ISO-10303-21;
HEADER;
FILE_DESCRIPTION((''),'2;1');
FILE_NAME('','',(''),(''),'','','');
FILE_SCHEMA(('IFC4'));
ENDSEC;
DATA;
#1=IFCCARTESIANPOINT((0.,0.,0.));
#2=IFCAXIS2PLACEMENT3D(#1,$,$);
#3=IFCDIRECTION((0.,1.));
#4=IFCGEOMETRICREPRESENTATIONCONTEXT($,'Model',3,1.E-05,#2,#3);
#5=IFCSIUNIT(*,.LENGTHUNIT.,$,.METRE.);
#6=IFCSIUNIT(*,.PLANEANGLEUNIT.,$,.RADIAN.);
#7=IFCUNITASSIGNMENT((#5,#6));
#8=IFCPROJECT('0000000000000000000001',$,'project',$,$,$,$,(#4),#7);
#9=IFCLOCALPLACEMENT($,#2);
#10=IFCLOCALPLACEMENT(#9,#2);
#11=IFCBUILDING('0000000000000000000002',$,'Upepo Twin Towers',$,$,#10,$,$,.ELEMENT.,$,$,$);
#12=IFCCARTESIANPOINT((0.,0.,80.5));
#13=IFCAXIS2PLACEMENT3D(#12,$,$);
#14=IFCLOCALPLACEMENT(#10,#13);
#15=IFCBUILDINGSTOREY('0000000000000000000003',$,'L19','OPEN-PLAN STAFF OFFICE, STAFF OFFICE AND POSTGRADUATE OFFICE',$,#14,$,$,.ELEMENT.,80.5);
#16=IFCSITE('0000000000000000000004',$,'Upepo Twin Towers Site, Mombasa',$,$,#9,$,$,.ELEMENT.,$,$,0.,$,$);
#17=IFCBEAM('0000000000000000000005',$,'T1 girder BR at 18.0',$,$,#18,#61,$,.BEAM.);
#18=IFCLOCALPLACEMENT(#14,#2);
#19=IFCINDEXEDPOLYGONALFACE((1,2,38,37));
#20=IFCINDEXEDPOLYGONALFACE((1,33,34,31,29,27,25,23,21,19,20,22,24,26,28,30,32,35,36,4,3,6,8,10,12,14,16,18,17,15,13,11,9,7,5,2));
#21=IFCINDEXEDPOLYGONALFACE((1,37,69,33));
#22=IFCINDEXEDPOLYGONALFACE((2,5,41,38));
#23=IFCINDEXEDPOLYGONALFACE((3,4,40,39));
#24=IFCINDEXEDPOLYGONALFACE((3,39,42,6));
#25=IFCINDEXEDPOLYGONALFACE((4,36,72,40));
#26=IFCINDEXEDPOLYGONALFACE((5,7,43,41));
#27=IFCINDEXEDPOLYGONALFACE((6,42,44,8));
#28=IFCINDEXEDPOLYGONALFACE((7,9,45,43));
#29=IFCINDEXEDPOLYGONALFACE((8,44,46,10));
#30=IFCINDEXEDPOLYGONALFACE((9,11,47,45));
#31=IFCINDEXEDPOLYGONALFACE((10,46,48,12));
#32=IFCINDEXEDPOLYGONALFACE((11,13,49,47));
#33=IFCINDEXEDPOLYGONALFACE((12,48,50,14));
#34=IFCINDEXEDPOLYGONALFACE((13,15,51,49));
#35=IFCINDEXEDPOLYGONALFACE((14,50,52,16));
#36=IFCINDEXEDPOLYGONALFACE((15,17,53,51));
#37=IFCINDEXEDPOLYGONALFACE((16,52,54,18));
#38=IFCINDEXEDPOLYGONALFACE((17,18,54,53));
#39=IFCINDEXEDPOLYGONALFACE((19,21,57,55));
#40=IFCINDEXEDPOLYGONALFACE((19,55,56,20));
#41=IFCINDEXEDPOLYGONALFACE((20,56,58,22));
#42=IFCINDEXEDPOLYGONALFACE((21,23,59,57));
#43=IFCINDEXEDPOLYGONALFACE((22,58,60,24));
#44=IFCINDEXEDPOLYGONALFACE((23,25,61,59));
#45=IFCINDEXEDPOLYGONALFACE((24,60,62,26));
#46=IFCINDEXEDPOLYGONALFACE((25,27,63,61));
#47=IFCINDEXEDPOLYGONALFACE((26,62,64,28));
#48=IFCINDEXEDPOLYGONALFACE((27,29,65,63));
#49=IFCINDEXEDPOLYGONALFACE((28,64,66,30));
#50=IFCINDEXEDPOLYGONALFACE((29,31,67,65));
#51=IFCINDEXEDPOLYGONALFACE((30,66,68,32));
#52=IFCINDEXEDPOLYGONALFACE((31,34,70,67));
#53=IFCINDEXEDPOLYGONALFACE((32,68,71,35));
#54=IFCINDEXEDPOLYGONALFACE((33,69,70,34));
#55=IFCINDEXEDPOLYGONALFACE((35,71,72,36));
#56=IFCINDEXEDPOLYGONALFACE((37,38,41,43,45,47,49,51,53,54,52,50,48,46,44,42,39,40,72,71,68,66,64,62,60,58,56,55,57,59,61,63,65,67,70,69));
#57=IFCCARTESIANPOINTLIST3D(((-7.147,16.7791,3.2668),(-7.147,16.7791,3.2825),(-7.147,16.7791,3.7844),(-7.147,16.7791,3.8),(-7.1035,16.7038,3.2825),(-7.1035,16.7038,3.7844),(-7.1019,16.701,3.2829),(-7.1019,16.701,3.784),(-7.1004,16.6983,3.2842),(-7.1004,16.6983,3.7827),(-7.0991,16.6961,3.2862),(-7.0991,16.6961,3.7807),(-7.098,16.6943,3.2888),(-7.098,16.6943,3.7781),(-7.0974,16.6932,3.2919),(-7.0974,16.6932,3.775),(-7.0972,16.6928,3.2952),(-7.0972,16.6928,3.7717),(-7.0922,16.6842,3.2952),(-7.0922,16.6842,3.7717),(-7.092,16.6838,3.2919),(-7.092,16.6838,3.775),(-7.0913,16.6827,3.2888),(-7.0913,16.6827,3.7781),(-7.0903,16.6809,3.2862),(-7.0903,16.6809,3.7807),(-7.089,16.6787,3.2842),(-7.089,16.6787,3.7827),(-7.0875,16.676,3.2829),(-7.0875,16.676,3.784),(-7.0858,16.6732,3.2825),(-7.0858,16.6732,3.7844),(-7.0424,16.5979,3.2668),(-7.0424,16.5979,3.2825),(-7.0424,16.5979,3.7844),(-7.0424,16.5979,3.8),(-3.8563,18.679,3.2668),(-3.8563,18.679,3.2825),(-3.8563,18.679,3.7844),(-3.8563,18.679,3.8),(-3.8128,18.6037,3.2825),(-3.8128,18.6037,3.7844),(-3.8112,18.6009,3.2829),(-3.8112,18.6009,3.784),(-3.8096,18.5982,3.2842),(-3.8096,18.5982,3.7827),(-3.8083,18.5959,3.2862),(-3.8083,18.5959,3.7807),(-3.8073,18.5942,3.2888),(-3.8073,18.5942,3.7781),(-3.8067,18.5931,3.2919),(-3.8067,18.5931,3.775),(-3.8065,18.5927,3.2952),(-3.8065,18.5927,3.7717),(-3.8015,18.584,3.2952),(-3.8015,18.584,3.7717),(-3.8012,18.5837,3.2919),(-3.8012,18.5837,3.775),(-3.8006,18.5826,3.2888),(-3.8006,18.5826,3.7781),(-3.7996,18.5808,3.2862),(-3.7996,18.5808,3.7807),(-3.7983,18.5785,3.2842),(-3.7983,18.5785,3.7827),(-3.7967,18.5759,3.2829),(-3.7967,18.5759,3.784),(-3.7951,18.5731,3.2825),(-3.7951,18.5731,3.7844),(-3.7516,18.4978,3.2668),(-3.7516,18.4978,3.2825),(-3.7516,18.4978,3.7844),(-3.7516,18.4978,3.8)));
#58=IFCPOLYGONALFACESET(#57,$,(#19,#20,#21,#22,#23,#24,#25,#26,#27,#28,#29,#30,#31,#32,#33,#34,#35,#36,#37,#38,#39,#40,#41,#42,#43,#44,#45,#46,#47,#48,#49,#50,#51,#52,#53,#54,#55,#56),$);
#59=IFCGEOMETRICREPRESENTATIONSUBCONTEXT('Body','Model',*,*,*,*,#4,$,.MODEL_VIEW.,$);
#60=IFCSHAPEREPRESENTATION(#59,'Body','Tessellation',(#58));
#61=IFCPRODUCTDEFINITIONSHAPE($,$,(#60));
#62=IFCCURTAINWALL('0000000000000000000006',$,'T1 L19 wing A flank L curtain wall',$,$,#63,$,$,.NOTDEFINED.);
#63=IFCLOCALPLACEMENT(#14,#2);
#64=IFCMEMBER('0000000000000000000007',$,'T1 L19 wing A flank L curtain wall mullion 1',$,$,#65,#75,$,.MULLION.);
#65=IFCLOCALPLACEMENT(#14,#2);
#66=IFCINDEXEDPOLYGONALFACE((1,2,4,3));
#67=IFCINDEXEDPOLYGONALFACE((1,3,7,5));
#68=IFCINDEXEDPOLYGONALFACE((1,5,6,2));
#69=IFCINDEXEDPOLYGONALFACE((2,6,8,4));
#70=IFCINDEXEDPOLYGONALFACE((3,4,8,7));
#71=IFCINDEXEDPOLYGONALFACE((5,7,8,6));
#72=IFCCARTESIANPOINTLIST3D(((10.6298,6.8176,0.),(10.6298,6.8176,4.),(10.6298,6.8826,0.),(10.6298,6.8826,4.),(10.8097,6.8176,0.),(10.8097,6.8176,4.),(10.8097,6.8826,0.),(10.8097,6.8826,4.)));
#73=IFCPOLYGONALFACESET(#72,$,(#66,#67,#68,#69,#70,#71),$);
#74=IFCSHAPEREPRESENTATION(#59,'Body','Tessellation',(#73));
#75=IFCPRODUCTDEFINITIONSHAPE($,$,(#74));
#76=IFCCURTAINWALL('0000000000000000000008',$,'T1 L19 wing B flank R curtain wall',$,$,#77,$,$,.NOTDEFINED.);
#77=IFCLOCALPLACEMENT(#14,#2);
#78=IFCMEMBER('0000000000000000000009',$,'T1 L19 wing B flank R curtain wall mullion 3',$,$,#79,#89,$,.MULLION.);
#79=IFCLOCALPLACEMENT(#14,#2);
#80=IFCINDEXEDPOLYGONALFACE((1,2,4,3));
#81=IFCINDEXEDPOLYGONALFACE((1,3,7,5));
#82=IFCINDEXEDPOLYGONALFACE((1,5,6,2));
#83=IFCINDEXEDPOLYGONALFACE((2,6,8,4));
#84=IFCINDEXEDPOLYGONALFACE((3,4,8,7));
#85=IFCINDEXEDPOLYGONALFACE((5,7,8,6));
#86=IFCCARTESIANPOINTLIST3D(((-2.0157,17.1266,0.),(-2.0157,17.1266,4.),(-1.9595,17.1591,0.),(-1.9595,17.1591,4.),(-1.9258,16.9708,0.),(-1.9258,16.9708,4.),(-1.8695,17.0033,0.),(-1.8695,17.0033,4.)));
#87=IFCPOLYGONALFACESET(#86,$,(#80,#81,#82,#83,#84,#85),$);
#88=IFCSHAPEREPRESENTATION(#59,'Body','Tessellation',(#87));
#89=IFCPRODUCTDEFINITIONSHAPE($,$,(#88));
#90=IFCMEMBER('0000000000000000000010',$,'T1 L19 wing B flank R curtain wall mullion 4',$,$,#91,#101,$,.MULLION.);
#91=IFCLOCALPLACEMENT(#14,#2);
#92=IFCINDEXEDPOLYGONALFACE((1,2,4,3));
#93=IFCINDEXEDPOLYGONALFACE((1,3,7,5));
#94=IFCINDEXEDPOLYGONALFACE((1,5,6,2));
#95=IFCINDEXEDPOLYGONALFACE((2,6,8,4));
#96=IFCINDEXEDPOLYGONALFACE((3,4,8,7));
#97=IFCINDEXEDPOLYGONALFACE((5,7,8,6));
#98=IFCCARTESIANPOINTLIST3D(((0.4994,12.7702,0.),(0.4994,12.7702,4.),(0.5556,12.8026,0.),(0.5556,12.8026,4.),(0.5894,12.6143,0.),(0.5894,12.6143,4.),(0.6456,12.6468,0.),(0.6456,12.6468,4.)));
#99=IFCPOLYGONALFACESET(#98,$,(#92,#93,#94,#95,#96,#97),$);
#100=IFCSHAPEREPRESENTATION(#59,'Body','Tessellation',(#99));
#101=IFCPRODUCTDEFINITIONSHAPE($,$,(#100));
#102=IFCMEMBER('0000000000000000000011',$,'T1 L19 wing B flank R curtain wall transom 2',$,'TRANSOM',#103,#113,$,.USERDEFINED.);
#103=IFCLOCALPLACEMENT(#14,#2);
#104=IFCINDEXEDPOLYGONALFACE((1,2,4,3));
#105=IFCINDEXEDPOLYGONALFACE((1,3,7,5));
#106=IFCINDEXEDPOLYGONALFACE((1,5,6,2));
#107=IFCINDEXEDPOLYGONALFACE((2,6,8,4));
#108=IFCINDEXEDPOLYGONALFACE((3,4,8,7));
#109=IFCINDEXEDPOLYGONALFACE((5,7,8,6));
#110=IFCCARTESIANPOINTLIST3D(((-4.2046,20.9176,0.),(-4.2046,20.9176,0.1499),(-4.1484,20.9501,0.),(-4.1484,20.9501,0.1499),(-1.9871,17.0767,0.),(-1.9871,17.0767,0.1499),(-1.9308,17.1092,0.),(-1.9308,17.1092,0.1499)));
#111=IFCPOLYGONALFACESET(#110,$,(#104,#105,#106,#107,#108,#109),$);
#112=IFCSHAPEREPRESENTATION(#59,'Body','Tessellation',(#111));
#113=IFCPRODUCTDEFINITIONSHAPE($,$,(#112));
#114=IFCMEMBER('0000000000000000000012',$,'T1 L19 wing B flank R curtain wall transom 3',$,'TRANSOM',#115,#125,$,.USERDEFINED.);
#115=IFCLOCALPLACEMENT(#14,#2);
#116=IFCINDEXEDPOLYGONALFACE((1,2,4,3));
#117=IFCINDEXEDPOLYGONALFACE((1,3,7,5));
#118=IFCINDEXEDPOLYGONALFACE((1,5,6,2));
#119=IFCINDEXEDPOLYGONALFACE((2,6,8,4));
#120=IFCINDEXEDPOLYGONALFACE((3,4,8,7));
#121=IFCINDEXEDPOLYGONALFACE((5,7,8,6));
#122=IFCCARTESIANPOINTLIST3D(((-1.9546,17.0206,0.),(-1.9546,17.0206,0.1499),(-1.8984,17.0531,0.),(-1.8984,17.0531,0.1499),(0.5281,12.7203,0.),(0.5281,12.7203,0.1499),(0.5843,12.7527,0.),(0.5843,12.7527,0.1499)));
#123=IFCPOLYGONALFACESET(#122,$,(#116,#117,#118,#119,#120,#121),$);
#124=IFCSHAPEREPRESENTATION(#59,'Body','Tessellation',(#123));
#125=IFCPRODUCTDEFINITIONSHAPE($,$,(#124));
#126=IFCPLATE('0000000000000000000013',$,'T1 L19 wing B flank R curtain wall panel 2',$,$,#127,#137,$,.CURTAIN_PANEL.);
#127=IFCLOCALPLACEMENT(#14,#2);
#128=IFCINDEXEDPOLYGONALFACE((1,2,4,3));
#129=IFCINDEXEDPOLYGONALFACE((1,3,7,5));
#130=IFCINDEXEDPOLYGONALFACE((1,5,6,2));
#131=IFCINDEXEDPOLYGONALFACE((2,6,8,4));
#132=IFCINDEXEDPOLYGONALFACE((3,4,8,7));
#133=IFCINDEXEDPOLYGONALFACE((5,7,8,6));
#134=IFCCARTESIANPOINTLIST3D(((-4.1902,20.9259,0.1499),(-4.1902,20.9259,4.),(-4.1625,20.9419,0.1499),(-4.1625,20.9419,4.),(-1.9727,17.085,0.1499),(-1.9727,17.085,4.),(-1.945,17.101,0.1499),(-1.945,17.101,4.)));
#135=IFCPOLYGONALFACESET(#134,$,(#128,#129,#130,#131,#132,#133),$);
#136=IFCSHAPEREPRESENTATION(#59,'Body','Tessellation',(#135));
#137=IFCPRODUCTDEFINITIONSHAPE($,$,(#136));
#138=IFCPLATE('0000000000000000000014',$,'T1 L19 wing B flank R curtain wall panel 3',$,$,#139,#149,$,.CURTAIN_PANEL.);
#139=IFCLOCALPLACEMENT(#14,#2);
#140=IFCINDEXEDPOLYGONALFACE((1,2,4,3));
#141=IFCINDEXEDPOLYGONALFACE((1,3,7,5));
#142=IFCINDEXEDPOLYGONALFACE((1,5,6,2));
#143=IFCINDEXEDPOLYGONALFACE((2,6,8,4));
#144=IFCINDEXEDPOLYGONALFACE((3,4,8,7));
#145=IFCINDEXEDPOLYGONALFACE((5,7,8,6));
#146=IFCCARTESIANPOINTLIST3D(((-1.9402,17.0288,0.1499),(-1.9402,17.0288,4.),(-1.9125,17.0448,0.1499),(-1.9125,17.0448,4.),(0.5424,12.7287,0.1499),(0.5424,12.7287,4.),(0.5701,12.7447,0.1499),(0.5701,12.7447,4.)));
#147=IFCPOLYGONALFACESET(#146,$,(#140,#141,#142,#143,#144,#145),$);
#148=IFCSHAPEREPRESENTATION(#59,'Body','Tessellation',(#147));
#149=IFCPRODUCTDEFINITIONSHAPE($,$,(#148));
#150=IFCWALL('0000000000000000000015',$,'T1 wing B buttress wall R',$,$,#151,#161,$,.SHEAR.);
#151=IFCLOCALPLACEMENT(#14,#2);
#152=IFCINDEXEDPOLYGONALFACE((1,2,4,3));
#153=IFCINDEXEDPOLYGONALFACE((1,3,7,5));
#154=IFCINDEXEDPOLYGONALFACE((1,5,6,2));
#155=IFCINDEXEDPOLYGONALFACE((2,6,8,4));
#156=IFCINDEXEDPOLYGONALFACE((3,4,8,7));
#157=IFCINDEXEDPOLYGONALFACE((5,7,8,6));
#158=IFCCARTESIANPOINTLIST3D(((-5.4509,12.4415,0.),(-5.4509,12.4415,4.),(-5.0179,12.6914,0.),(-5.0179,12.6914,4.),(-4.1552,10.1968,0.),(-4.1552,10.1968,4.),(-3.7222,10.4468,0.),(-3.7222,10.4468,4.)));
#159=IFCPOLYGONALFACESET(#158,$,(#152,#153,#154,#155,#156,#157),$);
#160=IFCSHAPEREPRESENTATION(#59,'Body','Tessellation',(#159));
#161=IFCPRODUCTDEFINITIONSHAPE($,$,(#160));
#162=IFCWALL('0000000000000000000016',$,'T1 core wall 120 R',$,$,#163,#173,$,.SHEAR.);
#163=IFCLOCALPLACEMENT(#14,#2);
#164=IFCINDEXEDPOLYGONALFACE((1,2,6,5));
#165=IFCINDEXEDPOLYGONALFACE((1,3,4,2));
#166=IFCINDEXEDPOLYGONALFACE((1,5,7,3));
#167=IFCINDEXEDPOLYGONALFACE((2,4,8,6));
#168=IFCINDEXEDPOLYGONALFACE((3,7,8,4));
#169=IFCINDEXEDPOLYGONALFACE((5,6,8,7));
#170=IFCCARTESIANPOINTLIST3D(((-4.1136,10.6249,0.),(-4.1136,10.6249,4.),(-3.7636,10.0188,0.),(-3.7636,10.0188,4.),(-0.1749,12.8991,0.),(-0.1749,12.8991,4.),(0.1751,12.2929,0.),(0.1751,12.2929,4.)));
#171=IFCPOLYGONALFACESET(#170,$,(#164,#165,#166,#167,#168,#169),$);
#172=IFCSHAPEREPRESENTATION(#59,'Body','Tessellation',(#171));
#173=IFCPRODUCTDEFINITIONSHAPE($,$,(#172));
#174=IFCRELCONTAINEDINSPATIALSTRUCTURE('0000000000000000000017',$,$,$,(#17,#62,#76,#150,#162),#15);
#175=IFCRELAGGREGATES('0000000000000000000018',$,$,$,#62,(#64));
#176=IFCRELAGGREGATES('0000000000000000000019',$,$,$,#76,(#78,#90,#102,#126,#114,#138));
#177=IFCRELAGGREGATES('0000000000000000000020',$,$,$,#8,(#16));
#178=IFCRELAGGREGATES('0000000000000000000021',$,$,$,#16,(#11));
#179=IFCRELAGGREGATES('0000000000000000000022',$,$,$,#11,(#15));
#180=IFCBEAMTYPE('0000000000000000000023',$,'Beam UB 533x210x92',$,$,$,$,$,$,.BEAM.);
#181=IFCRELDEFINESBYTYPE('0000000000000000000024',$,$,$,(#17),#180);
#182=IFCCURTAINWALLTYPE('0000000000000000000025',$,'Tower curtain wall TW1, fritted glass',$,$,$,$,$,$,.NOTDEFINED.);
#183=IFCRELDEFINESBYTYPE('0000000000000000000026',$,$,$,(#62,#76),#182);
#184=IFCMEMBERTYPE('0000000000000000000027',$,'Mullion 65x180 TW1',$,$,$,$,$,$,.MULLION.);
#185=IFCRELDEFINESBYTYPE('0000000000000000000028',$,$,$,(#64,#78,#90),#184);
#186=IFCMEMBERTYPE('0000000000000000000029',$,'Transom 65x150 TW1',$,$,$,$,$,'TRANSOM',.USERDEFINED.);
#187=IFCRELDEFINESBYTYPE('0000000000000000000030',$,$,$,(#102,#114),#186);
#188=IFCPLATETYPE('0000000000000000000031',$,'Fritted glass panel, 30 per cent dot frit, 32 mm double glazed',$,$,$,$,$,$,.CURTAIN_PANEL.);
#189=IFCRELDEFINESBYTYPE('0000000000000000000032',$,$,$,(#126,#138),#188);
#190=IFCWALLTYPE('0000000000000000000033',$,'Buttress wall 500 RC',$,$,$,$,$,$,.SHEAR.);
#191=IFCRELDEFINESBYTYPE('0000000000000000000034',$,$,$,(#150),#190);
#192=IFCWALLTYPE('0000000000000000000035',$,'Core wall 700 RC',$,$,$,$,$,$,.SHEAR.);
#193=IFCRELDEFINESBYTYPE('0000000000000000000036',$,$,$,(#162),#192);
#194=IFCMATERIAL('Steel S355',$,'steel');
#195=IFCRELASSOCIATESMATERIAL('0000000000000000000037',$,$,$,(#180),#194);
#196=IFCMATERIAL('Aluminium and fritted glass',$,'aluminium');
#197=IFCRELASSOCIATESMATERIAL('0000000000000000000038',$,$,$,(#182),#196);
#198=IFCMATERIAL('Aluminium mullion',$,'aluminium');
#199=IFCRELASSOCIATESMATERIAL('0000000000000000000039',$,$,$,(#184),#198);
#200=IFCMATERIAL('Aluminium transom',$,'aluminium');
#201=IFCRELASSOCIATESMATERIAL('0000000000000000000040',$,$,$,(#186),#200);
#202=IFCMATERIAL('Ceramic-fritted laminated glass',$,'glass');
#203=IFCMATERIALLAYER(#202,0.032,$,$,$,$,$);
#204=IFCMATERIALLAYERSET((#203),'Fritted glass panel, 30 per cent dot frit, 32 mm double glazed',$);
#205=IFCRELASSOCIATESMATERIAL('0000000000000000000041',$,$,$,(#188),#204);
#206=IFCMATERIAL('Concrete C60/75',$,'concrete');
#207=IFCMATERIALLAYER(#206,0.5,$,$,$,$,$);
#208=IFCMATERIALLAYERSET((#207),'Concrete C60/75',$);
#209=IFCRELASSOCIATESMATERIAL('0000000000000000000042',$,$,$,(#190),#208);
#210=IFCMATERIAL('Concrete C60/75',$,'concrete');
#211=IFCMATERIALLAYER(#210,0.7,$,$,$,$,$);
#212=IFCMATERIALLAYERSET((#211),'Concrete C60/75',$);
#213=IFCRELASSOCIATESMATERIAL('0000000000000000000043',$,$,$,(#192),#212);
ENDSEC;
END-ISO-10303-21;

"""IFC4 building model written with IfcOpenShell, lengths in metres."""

from ifc_helpers import new_model, si_unit, direction, frame, frame_2d, origin, origin_2d, place, context, subcontext, project, spatial, rectangle, i_section, extrude, material, layer, layer_set, material_profile, profile_set, type_object, element, aggregate, save


model = new_model("IFC4")

# Units and contexts
model_context = context("Model", 3, precision=1e-05, world=origin(), true_north=direction((0.0, 1.0)))
body_context = subcontext(model_context, "Body", "Model", "MODEL_VIEW")
ifc_project = project(units=[si_unit("LENGTHUNIT", "METRE"), si_unit("PLANEANGLEUNIT", "RADIAN")], contexts=[model_context])

# Site, building, storey
site_placement = place(None, origin())
site = spatial("IfcSite", under=ifc_project, at=site_placement, Name="Upepo Twin Towers Site, Mombasa", CompositionType="ELEMENT", RefElevation=0.0)
building_placement = place(site_placement, origin())
building = spatial("IfcBuilding", under=site, at=building_placement, Name="Upepo Twin Towers", CompositionType="ELEMENT")
storey_placement = place(building_placement, frame((0.0, 0.0, 80.5)))
storey = spatial("IfcBuildingStorey", under=building, at=storey_placement, Name="L19", Description="OPEN-PLAN STAFF OFFICE, STAFF OFFICE AND POSTGRADUATE OFFICE", CompositionType="ELEMENT", Elevation=80.5)

# Beam
ifc_material_1 = material(Name="Steel S355", Category="steel")
ifc_material_profile_1 = material_profile(ifc_material_1, i_section(OverallWidth=0.2092, OverallDepth=0.5332, WebThickness=0.01, FlangeThickness=0.0156, FilletRadius=0.0127, at=origin_2d()), Name="UB 533x210x92")
ifc_profile_set_1 = profile_set([ifc_material_profile_1], Name="Steel S355")
beam_type_1 = type_object("IfcBeamType", Name="Beam UB 533x210x92", PredefinedType="BEAM", material=ifc_profile_set_1)
beam_1_placement = place(storey_placement, frame((-3.804, 18.5884, 3.5334), z_axis=(-0.866028, -0.499995, 0.0), x_axis=(0.499995, -0.866028, 0.0)))
element("IfcBeam", 1, at=beam_1_placement, inside=storey, type_object=beam_type_1, Name="T1 girder BR at 18.0", PredefinedType="BEAM", context=body_context, shape_type="SweptSolid", body=[
    extrude(i_section(OverallWidth=0.2092, OverallDepth=0.5332, WebThickness=0.01, FlangeThickness=0.0156, FilletRadius=0.0127, at=origin_2d()), origin(), (0.0, 0.0, 1.0), 3.7998),
])

# Curtain wall, member
ifc_material_2 = material(Name="Aluminium and fritted glass", Category="aluminium")
curtain_wall_type = type_object("IfcCurtainWallType", Name="Tower curtain wall TW1, fritted glass", PredefinedType="NOTDEFINED", material=ifc_material_2)
curtain_wall_1_placement = place(storey_placement, origin())
curtain_wall_1 = element("IfcCurtainWall", 2, at=curtain_wall_1_placement, inside=storey, type_object=curtain_wall_type, Name="T1 L19 wing A flank L curtain wall", PredefinedType="NOTDEFINED")
ifc_material_3 = material(Name="Aluminium mullion", Category="aluminium")
ifc_material_profile_2 = material_profile(ifc_material_3, rectangle(XDim=0.0649, YDim=0.1799, at=origin_2d()), Name="MULLION 65x180")
ifc_profile_set_2 = profile_set([ifc_material_profile_2], Name="Aluminium mullion")
member_type_1 = type_object("IfcMemberType", Name="Mullion 65x180 TW1", PredefinedType="MULLION", material=ifc_profile_set_2)
member_1_placement = place(storey_placement, frame((10.7197, 6.8501, 0.0), z_axis=(0.0, 0.0, 1.0), x_axis=(0.0, 1.0, 0.0)))
member_1 = element("IfcMember", 3, at=member_1_placement, type_object=member_type_1, Name="T1 L19 wing A flank L curtain wall mullion 1", PredefinedType="MULLION", context=body_context, shape_type="SweptSolid", body=[
    extrude(rectangle(XDim=0.0649, YDim=0.1799, at=origin_2d()), origin(), (0.0, 0.0, 1.0), 4.0),
])
aggregate(curtain_wall_1, [member_1])

# Curtain wall, members, plates
curtain_wall_2_placement = place(storey_placement, origin())
curtain_wall_2 = element("IfcCurtainWall", 4, at=curtain_wall_2_placement, inside=storey, type_object=curtain_wall_type, Name="T1 L19 wing B flank R curtain wall", PredefinedType="NOTDEFINED")
member_2_placement = place(storey_placement, frame((-1.9426, 17.0649, 0.0), z_axis=(0.0, 0.0, 1.0), x_axis=(0.866025, 0.5, 0.0)))
member_2 = element("IfcMember", 5, at=member_2_placement, type_object=member_type_1, Name="T1 L19 wing B flank R curtain wall mullion 3", PredefinedType="MULLION", context=body_context, shape_type="SweptSolid", body=[
    extrude(rectangle(XDim=0.0649, YDim=0.1799, at=origin_2d()), origin(), (0.0, 0.0, 1.0), 4.0),
])
member_3_placement = place(storey_placement, frame((0.5725, 12.7085, 0.0), z_axis=(0.0, 0.0, 1.0), x_axis=(0.866025, 0.5, 0.0)))
member_3 = element("IfcMember", 6, at=member_3_placement, type_object=member_type_1, Name="T1 L19 wing B flank R curtain wall mullion 4", PredefinedType="MULLION", context=body_context, shape_type="SweptSolid", body=[
    extrude(rectangle(XDim=0.0649, YDim=0.1799, at=origin_2d()), origin(), (0.0, 0.0, 1.0), 4.0),
])
ifc_material_4 = material(Name="Aluminium transom", Category="aluminium")
ifc_material_profile_3 = material_profile(ifc_material_4, rectangle(XDim=0.0649, YDim=0.1499, at=origin_2d()), Name="TRANSOM 65x150")
ifc_profile_set_3 = profile_set([ifc_material_profile_3], Name="Aluminium transom")
member_type_2 = type_object("IfcMemberType", Name="Transom 65x150 TW1", ElementType="TRANSOM", PredefinedType="USERDEFINED", material=ifc_profile_set_3)
member_4_placement = place(storey_placement, frame((-4.1765, 20.9338, 0.075), z_axis=(0.500005, -0.866022, 0.0), x_axis=(0.866022, 0.500005, 0.0)))
member_4 = element("IfcMember", 7, at=member_4_placement, type_object=member_type_2, Name="T1 L19 wing B flank R curtain wall transom 2", ObjectType="TRANSOM", PredefinedType="USERDEFINED", context=body_context, shape_type="SweptSolid", body=[
    extrude(rectangle(XDim=0.0649, YDim=0.1499, at=origin_2d()), origin(), (0.0, 0.0, 1.0), 4.4351),
])
member_5_placement = place(storey_placement, frame((-1.9265, 17.0369, 0.075), z_axis=(0.499983, -0.866035, 0.0), x_axis=(0.866035, 0.499983, 0.0)))
member_5 = element("IfcMember", 8, at=member_5_placement, type_object=member_type_2, Name="T1 L19 wing B flank R curtain wall transom 3", ObjectType="TRANSOM", PredefinedType="USERDEFINED", context=body_context, shape_type="SweptSolid", body=[
    extrude(rectangle(XDim=0.0649, YDim=0.1499, at=origin_2d()), origin(), (0.0, 0.0, 1.0), 4.9656),
])
ifc_material_5 = material(Name="Ceramic-fritted laminated glass", Category="glass")
ifc_layer_1 = layer(ifc_material_5, 0.032)
ifc_layer_set_1 = layer_set([ifc_layer_1], Name="Fritted glass panel, 30 per cent dot frit, 32 mm double glazed")
plate_type = type_object("IfcPlateType", Name="Fritted glass panel, 30 per cent dot frit, 32 mm double glazed", PredefinedType="CURTAIN_PANEL", material=ifc_layer_set_1)
plate_1_placement = place(storey_placement, frame((-3.0676, 19.0134, 0.1499), z_axis=(0.0, 0.0, 1.0), x_axis=(0.5, -0.866025, 0.0)))
plate_1 = element("IfcPlate", 9, at=plate_1_placement, type_object=plate_type, Name="T1 L19 wing B flank R curtain wall panel 2", PredefinedType="CURTAIN_PANEL", context=body_context, shape_type="SweptSolid", body=[
    extrude(rectangle(XDim=4.4351, YDim=0.032, at=origin_2d()), origin(), (0.0, 0.0, 1.0), 3.8501),
])
plate_2_placement = place(storey_placement, frame((-0.6851, 14.8867, 0.1499), z_axis=(0.0, 0.0, 1.0), x_axis=(0.5, -0.866025, 0.0)))
plate_2 = element("IfcPlate", 10, at=plate_2_placement, type_object=plate_type, Name="T1 L19 wing B flank R curtain wall panel 3", PredefinedType="CURTAIN_PANEL", context=body_context, shape_type="SweptSolid", body=[
    extrude(rectangle(XDim=4.9653, YDim=0.032, at=origin_2d()), origin(), (0.0, 0.0, 1.0), 3.8501),
])
aggregate(curtain_wall_2, [member_2, member_3, member_4, plate_1, member_5, plate_2])

# Walls
ifc_material_6 = material(Name="Concrete C60/75", Category="concrete")
ifc_layer_2 = layer(ifc_material_6, 0.5)
ifc_layer_set_2 = layer_set([ifc_layer_2], Name="Concrete C60/75")
wall_type_1 = type_object("IfcWallType", Name="Buttress wall 500 RC", PredefinedType="SHEAR", material=ifc_layer_set_2)
wall_1_placement = place(storey_placement, frame((-3.9387, 10.3218, 0.0), z_axis=(0.0, 0.0, 1.0), x_axis=(-0.499918, 0.866073, 0.0)))
element("IfcWall", 11, at=wall_1_placement, inside=storey, type_object=wall_type_1, Name="T1 wing B buttress wall R", PredefinedType="SHEAR", context=body_context, shape_type="SweptSolid", body=[
    extrude(rectangle(XDim=2.5918, YDim=0.5, at=frame_2d((1.2959, 0.0))), origin(), (0.0, 0.0, 1.0), 4.0),
])
ifc_material_7 = material(Name="Concrete C60/75", Category="concrete")
ifc_layer_3 = layer(ifc_material_7, 0.7)
ifc_layer_set_3 = layer_set([ifc_layer_3], Name="Concrete C60/75")
wall_type_2 = type_object("IfcWallType", Name="Core wall 700 RC", PredefinedType="SHEAR", material=ifc_layer_set_3)
wall_2_placement = place(storey_placement, frame((0.0, 12.5959, 0.0), z_axis=(0.0, 0.0, 1.0), x_axis=(-0.866011, -0.500024, 0.0)))
element("IfcWall", 12, at=wall_2_placement, inside=storey, type_object=wall_type_2, Name="T1 core wall 120 R", PredefinedType="SHEAR", context=body_context, shape_type="SweptSolid", body=[
    extrude(rectangle(XDim=4.5481, YDim=0.7, at=frame_2d((2.2739, 0.0))), origin(), (0.0, 0.0, 1.0), 4.0),
])

save(model, "model.ifc")
